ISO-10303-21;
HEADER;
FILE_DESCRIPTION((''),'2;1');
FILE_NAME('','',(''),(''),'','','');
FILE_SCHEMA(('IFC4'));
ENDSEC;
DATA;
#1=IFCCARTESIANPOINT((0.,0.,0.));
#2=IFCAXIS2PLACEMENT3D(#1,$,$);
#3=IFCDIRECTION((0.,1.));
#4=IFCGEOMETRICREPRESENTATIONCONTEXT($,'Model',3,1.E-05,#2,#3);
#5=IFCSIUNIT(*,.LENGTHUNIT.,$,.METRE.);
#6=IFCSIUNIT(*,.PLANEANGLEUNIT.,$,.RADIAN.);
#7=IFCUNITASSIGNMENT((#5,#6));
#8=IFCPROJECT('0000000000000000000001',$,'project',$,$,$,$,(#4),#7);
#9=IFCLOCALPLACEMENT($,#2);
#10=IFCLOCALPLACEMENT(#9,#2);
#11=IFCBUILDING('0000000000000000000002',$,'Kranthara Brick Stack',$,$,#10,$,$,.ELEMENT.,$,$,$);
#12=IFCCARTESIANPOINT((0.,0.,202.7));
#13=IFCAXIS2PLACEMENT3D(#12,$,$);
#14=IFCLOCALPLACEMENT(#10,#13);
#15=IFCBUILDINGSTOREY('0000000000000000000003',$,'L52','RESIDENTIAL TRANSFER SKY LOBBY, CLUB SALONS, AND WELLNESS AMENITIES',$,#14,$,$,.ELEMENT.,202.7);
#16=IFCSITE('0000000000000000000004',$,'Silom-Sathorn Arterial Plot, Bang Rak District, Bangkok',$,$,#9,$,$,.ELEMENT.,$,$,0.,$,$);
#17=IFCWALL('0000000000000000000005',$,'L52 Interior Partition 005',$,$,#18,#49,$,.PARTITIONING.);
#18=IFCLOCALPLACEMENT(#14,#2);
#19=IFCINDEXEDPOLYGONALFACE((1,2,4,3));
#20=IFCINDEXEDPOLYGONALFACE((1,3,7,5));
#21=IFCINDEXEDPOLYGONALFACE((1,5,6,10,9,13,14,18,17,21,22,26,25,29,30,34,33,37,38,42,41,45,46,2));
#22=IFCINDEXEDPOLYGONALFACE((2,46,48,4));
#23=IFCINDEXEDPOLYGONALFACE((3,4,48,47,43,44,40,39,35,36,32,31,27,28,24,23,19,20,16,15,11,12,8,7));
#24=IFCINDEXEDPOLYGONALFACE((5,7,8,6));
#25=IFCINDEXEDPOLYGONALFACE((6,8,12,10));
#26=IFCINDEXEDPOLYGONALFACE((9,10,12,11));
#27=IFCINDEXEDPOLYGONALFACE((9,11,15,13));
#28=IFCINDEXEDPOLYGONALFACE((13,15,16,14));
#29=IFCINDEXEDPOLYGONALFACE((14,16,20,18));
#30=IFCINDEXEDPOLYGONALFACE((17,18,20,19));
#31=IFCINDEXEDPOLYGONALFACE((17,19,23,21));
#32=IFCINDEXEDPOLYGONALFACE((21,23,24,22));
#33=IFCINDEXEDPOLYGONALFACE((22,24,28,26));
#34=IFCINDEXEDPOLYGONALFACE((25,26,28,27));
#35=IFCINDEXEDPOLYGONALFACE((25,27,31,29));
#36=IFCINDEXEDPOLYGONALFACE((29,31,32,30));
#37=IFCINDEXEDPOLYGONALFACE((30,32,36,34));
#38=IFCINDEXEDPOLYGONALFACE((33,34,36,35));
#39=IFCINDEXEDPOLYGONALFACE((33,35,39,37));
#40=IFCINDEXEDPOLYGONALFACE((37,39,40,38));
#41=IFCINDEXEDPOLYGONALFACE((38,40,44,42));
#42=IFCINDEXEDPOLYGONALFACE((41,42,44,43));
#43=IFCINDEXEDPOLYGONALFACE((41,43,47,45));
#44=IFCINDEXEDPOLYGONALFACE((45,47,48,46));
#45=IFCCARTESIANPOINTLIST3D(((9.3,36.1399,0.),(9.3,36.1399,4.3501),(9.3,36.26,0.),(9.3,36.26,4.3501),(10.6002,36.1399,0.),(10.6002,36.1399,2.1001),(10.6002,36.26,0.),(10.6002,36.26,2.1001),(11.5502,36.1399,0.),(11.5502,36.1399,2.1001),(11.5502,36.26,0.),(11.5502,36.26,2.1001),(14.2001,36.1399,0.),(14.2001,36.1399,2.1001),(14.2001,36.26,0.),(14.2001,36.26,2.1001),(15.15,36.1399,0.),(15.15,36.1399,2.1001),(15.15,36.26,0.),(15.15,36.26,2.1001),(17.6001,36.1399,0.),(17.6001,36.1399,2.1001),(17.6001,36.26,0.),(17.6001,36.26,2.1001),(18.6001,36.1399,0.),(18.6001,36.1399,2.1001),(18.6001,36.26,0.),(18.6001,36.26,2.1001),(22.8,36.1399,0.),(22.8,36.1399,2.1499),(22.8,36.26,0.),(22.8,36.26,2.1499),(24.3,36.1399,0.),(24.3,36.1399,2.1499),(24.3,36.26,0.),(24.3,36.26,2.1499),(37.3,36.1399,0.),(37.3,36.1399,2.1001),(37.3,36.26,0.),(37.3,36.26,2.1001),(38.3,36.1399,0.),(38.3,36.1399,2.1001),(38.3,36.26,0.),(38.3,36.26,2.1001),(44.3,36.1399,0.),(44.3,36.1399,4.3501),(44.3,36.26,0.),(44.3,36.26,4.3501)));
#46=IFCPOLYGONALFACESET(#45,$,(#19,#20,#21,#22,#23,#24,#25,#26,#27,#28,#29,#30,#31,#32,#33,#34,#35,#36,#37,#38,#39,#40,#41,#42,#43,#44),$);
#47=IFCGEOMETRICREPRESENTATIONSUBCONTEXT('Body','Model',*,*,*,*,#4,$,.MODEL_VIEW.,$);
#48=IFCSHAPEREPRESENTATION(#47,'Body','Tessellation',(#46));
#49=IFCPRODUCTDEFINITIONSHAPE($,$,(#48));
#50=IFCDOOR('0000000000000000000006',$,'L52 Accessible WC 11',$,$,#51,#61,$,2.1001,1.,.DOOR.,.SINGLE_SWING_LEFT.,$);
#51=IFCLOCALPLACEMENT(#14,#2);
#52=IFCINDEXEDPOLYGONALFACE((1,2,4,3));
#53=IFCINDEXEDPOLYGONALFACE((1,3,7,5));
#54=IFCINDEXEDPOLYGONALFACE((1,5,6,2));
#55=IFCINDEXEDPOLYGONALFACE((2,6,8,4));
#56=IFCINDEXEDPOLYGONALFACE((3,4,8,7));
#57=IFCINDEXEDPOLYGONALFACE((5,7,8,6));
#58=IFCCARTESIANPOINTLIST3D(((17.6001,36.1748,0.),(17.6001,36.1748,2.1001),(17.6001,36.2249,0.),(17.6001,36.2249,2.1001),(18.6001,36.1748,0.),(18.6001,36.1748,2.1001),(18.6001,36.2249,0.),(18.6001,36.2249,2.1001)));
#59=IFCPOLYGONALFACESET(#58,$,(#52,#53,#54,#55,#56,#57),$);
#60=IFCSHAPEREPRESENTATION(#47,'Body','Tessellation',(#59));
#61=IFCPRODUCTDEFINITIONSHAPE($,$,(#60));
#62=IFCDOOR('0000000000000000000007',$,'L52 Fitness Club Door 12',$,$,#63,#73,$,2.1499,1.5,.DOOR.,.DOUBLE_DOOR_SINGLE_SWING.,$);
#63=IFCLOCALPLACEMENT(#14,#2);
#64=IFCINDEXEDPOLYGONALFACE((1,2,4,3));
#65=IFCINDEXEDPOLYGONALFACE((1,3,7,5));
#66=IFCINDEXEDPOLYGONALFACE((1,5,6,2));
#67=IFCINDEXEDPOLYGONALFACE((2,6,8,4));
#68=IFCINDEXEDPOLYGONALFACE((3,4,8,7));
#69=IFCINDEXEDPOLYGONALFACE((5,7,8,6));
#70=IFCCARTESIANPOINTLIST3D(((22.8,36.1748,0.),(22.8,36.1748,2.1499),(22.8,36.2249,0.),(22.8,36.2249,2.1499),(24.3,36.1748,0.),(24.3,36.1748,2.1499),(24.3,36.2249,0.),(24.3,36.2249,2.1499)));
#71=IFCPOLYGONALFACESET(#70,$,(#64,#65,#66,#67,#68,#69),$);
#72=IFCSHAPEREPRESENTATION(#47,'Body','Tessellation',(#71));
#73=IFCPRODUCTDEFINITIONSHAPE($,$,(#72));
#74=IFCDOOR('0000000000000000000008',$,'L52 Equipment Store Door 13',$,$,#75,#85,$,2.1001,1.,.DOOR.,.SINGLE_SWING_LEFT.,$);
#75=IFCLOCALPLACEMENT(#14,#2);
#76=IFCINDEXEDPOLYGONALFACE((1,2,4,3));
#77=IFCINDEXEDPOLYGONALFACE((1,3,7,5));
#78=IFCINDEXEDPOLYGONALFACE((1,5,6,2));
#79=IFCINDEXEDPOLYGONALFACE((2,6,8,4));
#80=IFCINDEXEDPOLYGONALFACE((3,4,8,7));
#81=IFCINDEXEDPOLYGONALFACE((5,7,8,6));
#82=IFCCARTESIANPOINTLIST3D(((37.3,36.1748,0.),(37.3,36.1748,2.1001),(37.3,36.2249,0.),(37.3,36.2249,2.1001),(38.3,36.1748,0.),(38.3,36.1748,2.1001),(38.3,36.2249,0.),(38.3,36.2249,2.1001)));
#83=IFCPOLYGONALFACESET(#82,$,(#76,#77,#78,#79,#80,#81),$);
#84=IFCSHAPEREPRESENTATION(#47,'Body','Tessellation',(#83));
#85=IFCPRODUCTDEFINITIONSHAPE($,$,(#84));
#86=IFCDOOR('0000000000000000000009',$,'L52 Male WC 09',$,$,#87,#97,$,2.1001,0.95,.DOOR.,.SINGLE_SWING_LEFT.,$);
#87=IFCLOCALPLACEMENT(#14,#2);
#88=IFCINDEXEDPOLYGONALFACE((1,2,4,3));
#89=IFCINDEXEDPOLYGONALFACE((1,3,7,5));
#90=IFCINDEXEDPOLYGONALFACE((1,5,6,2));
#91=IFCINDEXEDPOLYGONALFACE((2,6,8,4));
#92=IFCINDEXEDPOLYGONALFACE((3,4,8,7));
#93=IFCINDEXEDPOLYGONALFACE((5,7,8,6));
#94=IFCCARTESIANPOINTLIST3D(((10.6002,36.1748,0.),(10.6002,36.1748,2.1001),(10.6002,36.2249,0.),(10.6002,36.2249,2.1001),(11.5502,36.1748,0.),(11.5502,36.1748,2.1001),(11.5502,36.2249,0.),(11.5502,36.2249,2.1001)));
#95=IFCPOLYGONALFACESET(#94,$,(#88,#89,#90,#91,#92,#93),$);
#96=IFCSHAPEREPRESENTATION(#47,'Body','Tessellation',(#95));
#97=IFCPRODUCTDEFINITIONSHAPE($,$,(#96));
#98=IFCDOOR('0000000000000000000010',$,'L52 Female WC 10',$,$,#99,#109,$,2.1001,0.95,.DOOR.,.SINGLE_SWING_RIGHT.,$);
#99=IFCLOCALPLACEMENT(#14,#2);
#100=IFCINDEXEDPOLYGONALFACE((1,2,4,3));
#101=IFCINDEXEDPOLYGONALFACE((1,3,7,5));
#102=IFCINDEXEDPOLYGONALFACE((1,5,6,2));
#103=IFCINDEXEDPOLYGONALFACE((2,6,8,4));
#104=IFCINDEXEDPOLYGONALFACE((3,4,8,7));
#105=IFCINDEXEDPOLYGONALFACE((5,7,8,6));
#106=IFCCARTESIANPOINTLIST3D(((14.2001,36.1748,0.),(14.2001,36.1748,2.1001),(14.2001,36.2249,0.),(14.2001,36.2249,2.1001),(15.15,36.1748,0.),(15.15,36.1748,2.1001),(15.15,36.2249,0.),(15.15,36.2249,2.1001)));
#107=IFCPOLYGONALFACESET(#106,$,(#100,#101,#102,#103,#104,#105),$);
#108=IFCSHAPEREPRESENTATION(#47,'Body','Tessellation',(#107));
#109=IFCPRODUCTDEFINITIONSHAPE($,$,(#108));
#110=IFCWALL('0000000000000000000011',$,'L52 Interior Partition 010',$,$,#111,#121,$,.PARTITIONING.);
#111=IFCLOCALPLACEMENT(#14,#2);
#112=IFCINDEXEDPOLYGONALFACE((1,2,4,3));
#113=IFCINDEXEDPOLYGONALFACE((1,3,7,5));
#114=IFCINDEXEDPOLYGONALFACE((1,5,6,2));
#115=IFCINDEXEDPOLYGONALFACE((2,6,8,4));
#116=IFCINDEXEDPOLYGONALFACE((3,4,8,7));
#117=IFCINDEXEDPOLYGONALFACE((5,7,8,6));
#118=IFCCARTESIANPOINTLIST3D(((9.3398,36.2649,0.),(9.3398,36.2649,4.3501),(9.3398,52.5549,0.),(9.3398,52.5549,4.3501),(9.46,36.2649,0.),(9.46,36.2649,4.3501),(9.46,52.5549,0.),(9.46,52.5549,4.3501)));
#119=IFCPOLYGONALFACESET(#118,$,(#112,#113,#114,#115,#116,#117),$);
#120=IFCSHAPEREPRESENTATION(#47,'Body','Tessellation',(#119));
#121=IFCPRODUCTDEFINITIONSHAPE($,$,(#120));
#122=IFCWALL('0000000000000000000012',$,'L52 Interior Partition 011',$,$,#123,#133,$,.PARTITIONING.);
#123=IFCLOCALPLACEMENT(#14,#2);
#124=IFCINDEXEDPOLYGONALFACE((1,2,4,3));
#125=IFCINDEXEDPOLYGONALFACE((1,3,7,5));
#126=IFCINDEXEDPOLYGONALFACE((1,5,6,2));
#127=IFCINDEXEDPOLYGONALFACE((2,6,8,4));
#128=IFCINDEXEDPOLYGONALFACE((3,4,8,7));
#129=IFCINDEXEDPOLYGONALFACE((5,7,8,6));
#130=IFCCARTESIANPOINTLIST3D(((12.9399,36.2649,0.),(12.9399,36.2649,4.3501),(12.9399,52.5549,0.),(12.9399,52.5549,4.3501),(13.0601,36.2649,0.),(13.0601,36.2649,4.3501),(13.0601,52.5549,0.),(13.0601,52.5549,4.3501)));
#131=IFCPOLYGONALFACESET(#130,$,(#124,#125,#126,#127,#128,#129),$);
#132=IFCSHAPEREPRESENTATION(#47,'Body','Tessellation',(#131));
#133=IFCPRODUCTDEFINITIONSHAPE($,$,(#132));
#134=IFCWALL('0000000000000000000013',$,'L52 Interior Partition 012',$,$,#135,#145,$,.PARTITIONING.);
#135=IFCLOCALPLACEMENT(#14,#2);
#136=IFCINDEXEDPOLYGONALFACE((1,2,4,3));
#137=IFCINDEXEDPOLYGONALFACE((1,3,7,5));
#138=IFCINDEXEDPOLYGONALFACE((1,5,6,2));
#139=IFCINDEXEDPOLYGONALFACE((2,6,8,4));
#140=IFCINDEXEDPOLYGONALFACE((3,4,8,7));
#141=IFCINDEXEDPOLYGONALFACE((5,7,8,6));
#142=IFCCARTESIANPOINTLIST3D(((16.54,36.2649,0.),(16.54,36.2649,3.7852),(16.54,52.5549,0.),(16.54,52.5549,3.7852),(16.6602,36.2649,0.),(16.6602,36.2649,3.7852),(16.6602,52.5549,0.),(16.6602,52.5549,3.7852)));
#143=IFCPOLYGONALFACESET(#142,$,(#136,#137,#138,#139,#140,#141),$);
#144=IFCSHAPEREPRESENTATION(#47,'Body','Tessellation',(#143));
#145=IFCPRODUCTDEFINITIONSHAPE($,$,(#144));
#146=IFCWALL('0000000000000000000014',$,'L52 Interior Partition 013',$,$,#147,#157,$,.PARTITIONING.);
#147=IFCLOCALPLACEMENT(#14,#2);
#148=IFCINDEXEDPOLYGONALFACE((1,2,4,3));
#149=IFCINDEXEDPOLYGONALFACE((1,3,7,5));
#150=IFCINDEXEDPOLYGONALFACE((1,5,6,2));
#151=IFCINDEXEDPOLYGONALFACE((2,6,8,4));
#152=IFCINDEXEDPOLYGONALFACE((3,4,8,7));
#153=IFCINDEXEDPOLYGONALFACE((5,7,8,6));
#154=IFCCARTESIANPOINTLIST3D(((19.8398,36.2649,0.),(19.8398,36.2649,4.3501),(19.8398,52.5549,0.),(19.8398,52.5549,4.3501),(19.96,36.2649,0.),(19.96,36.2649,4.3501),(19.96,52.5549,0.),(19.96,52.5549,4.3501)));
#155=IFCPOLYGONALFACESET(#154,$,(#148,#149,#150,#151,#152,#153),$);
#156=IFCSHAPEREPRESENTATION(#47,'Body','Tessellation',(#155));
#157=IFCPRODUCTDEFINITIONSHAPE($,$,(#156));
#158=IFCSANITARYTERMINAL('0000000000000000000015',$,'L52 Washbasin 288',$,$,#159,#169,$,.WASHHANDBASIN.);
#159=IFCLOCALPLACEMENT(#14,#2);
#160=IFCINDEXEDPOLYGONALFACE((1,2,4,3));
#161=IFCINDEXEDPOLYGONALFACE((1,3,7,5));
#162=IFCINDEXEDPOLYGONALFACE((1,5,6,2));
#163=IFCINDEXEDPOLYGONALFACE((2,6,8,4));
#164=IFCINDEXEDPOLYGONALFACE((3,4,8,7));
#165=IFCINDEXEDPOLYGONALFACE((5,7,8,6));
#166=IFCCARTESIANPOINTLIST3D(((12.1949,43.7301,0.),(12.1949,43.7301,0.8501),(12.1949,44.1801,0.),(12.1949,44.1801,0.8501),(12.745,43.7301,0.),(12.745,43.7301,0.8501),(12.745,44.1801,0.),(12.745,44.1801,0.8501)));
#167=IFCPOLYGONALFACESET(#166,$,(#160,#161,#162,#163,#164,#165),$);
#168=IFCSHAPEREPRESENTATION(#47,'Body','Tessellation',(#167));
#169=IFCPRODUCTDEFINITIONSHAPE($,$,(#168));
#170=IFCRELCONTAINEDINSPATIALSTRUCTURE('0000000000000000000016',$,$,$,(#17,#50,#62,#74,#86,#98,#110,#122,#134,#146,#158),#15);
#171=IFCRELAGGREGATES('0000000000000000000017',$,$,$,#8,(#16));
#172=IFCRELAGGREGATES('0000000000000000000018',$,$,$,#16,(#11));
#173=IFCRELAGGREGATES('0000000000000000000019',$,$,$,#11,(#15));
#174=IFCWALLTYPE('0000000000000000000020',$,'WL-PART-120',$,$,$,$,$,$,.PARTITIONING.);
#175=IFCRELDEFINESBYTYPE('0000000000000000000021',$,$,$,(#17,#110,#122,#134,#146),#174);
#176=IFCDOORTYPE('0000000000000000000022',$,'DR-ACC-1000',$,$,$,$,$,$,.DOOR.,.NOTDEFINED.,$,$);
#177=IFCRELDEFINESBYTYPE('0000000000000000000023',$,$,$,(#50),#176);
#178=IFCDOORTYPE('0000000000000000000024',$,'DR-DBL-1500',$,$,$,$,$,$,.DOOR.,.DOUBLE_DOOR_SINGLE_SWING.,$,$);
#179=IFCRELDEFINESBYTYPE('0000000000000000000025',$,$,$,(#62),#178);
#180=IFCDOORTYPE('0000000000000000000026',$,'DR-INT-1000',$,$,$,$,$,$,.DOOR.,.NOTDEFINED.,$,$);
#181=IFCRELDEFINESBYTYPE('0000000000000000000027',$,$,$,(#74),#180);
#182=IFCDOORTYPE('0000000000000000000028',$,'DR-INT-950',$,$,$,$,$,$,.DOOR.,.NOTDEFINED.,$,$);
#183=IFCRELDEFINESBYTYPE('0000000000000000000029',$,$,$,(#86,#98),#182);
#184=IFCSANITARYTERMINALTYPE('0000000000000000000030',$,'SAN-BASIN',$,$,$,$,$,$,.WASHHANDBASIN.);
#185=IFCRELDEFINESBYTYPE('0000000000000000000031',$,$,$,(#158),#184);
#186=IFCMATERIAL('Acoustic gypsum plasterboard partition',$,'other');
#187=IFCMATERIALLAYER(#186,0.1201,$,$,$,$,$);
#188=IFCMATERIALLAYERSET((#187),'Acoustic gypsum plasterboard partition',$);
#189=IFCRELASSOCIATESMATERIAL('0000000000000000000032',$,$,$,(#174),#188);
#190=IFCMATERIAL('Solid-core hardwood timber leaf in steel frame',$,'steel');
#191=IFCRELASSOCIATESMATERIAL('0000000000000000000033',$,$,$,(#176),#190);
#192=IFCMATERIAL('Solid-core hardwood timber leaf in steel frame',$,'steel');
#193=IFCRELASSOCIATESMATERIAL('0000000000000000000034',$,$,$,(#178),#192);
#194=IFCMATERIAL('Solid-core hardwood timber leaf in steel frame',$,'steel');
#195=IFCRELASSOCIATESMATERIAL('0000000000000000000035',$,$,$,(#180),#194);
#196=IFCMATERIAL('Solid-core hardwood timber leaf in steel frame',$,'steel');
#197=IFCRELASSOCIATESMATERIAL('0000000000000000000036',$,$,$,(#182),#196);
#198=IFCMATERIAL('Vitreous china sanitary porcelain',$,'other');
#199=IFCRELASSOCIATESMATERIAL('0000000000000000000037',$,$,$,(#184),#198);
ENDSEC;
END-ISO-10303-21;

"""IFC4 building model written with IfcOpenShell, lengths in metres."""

from ifc_helpers import new_model, si_unit, direction, frame, frame_2d, origin, origin_2d, place, context, subcontext, project, spatial, rectangle, extrude, material, layer, layer_set, type_object, element, fill, save


model = new_model("IFC4")

# Units and contexts
model_context = context("Model", 3, precision=1e-05, world=origin(), true_north=direction((0.0, 1.0)))
body_context = subcontext(model_context, "Body", "Model", "MODEL_VIEW")
ifc_project = project(units=[si_unit("LENGTHUNIT", "METRE"), si_unit("PLANEANGLEUNIT", "RADIAN")], contexts=[model_context])

# Site, building, storey
site_placement = place(None, origin())
site = spatial("IfcSite", under=ifc_project, at=site_placement, Name="Silom-Sathorn Arterial Plot, Bang Rak District, Bangkok", CompositionType="ELEMENT", RefElevation=0.0)
building_placement = place(site_placement, origin())
building = spatial("IfcBuilding", under=site, at=building_placement, Name="Kranthara Brick Stack", CompositionType="ELEMENT")
storey_placement = place(building_placement, frame((0.0, 0.0, 202.7)))
storey = spatial("IfcBuildingStorey", under=building, at=storey_placement, Name="L52", Description="RESIDENTIAL TRANSFER SKY LOBBY, CLUB SALONS, AND WELLNESS AMENITIES", CompositionType="ELEMENT", Elevation=202.7)

# Wall, openings, doors
ifc_material_1 = material(Name="Acoustic gypsum plasterboard partition", Category="other")
ifc_layer_1 = layer(ifc_material_1, 0.1201)
ifc_layer_set_1 = layer_set([ifc_layer_1], Name="Acoustic gypsum plasterboard partition")
wall_type_1 = type_object("IfcWallType", Name="WL-PART-120", PredefinedType="PARTITIONING", material=ifc_layer_set_1)
wall_1_placement = place(storey_placement, frame((9.3, 36.2, 0.0), z_axis=(0.0, 0.0, 1.0), x_axis=(1.0, 0.0, 0.0)))
wall_1 = element("IfcWall", 1, at=wall_1_placement, inside=storey, type_object=wall_type_1, Name="L52 Interior Partition 005", PredefinedType="PARTITIONING", context=body_context, shape_type="SweptSolid", body=[
    extrude(rectangle(XDim=35.0, YDim=0.1201, at=frame_2d((17.5, 0.0))), origin(), (0.0, 0.0, 1.0), 4.3501),
])
opening_1_placement = place(wall_1_placement, frame((1.3, 0.0, 0.0)))
opening_1 = element("IfcOpeningElement", 2, at=opening_1_placement, cuts=wall_1, PredefinedType="OPENING", context=body_context, shape_type="SweptSolid", body=[
    extrude(rectangle(XDim=0.95, YDim=2.1001, at=frame_2d((0.4751, 1.05))), frame((0.0, 0.0701, 0.0), z_axis=(0.0, -1.0, 0.0), x_axis=(1.0, 0.0, 0.0)), (0.0, 0.0, 1.0), 0.1401),
])
opening_2_placement = place(wall_1_placement, frame((4.8999, 0.0, 0.0)))
opening_2 = element("IfcOpeningElement", 3, at=opening_2_placement, cuts=wall_1, PredefinedType="OPENING", context=body_context, shape_type="SweptSolid", body=[
    extrude(rectangle(XDim=0.95, YDim=2.1001, at=frame_2d((0.4751, 1.05))), frame((0.0, 0.0701, 0.0), z_axis=(0.0, -1.0, 0.0), x_axis=(1.0, 0.0, 0.0)), (0.0, 0.0, 1.0), 0.1401),
])
opening_3_placement = place(wall_1_placement, frame((8.3, 0.0, 0.0)))
opening_3 = element("IfcOpeningElement", 4, at=opening_3_placement, cuts=wall_1, PredefinedType="OPENING", context=body_context, shape_type="SweptSolid", body=[
    extrude(rectangle(XDim=1.0, YDim=2.1001, at=frame_2d((0.5, 1.05))), frame((0.0, 0.0701, 0.0), z_axis=(0.0, -1.0, 0.0), x_axis=(1.0, 0.0, 0.0)), (0.0, 0.0, 1.0), 0.1401),
])
opening_4_placement = place(wall_1_placement, frame((13.5, 0.0, 0.0)))
opening_4 = element("IfcOpeningElement", 5, at=opening_4_placement, cuts=wall_1, PredefinedType="OPENING", context=body_context, shape_type="SweptSolid", body=[
    extrude(rectangle(XDim=1.5, YDim=2.1499, at=frame_2d((0.75, 1.075))), frame((0.0, 0.0701, 0.0), z_axis=(0.0, -1.0, 0.0), x_axis=(1.0, 0.0, 0.0)), (0.0, 0.0, 1.0), 0.1401),
])
opening_5_placement = place(wall_1_placement, frame((28.0, 0.0, 0.0)))
opening_5 = element("IfcOpeningElement", 6, at=opening_5_placement, cuts=wall_1, PredefinedType="OPENING", context=body_context, shape_type="SweptSolid", body=[
    extrude(rectangle(XDim=1.0, YDim=2.1001, at=frame_2d((0.5, 1.05))), frame((0.0, 0.0701, 0.0), z_axis=(0.0, -1.0, 0.0), x_axis=(1.0, 0.0, 0.0)), (0.0, 0.0, 1.0), 0.1401),
])
ifc_material_2 = material(Name="Solid-core hardwood timber leaf in steel frame", Category="steel")
door_type_1 = type_object("IfcDoorType", Name="DR-ACC-1000", OperationType="NOTDEFINED", PredefinedType="DOOR", material=ifc_material_2)
door_1_placement = place(opening_3_placement, origin())
door_1 = element("IfcDoor", 7, at=door_1_placement, inside=storey, type_object=door_type_1, Name="L52 Accessible WC 11", OperationType="SINGLE_SWING_LEFT", OverallHeight=2.1001, OverallWidth=1.0, PredefinedType="DOOR", context=body_context, shape_type="SweptSolid", body=[
    extrude(rectangle(XDim=1.0, YDim=2.1001, at=frame_2d((0.5, 1.05))), frame((0.0, 0.0249, 0.0), z_axis=(0.0, -1.0, 0.0), x_axis=(1.0, 0.0, 0.0)), (0.0, 0.0, 1.0), 0.05),
])
fill(opening_3, door_1)
ifc_material_3 = material(Name="Solid-core hardwood timber leaf in steel frame", Category="steel")
door_type_2 = type_object("IfcDoorType", Name="DR-DBL-1500", OperationType="DOUBLE_DOOR_SINGLE_SWING", PredefinedType="DOOR", material=ifc_material_3)
door_2_placement = place(opening_4_placement, origin())
door_2 = element("IfcDoor", 8, at=door_2_placement, inside=storey, type_object=door_type_2, Name="L52 Fitness Club Door 12", OperationType="DOUBLE_DOOR_SINGLE_SWING", OverallHeight=2.1499, OverallWidth=1.5, PredefinedType="DOOR", context=body_context, shape_type="SweptSolid", body=[
    extrude(rectangle(XDim=1.5, YDim=2.1499, at=frame_2d((0.75, 1.075))), frame((0.0, 0.0249, 0.0), z_axis=(0.0, -1.0, 0.0), x_axis=(1.0, 0.0, 0.0)), (0.0, 0.0, 1.0), 0.05),
])
fill(opening_4, door_2)
ifc_material_4 = material(Name="Solid-core hardwood timber leaf in steel frame", Category="steel")
door_type_3 = type_object("IfcDoorType", Name="DR-INT-1000", OperationType="NOTDEFINED", PredefinedType="DOOR", material=ifc_material_4)
door_3_placement = place(opening_5_placement, origin())
door_3 = element("IfcDoor", 9, at=door_3_placement, inside=storey, type_object=door_type_3, Name="L52 Equipment Store Door 13", OperationType="SINGLE_SWING_LEFT", OverallHeight=2.1001, OverallWidth=1.0, PredefinedType="DOOR", context=body_context, shape_type="SweptSolid", body=[
    extrude(rectangle(XDim=1.0, YDim=2.1001, at=frame_2d((0.5, 1.05))), frame((0.0, 0.0249, 0.0), z_axis=(0.0, -1.0, 0.0), x_axis=(1.0, 0.0, 0.0)), (0.0, 0.0, 1.0), 0.05),
])
fill(opening_5, door_3)
ifc_material_5 = material(Name="Solid-core hardwood timber leaf in steel frame", Category="steel")
door_type_4 = type_object("IfcDoorType", Name="DR-INT-950", OperationType="NOTDEFINED", PredefinedType="DOOR", material=ifc_material_5)
door_4_placement = place(opening_1_placement, origin())
door_4 = element("IfcDoor", 10, at=door_4_placement, inside=storey, type_object=door_type_4, Name="L52 Male WC 09", OperationType="SINGLE_SWING_LEFT", OverallHeight=2.1001, OverallWidth=0.95, PredefinedType="DOOR", context=body_context, shape_type="SweptSolid", body=[
    extrude(rectangle(XDim=0.95, YDim=2.1001, at=frame_2d((0.4751, 1.05))), frame((0.0, 0.0249, 0.0), z_axis=(0.0, -1.0, 0.0), x_axis=(1.0, 0.0, 0.0)), (0.0, 0.0, 1.0), 0.05),
])
fill(opening_1, door_4)
door_5_placement = place(opening_2_placement, origin())
door_5 = element("IfcDoor", 11, at=door_5_placement, inside=storey, type_object=door_type_4, Name="L52 Female WC 10", OperationType="SINGLE_SWING_RIGHT", OverallHeight=2.1001, OverallWidth=0.95, PredefinedType="DOOR", context=body_context, shape_type="SweptSolid", body=[
    extrude(rectangle(XDim=0.95, YDim=2.1001, at=frame_2d((0.4751, 1.05))), frame((0.0, 0.0249, 0.0), z_axis=(0.0, -1.0, 0.0), x_axis=(1.0, 0.0, 0.0)), (0.0, 0.0, 1.0), 0.05),
])
fill(opening_2, door_5)

# Walls
for number, where, z_axis, x_axis, name in (
    (12, (9.3999, 36.2649, 0.0), (0.0, 0.0, 1.0), (0.0, 1.0, 0.0), "L52 Interior Partition 010"),
    (13, (13.0, 36.2649, 0.0), (0.0, 0.0, 1.0), (0.0, 1.0, 0.0), "L52 Interior Partition 011"),
):
    element("IfcWall", number, at=place(storey_placement, frame(where, z_axis=z_axis, x_axis=x_axis)), inside=storey, type_object=wall_type_1, Name=name, PredefinedType="PARTITIONING", context=body_context, shape_type="SweptSolid", body=[
        extrude(rectangle(XDim=16.29, YDim=0.1201, at=frame_2d((8.145, 0.0))), origin(), (0.0, 0.0, 1.0), 4.3501),
    ])
wall_2_placement = place(storey_placement, frame((16.6001, 36.2649, 0.0), z_axis=(0.0, 0.0, 1.0), x_axis=(0.0, 1.0, 0.0)))
element("IfcWall", 14, at=wall_2_placement, inside=storey, type_object=wall_type_1, Name="L52 Interior Partition 012", PredefinedType="PARTITIONING", context=body_context, shape_type="SweptSolid", body=[
    extrude(rectangle(XDim=16.29, YDim=0.1201, at=frame_2d((8.145, 0.0))), origin(), (0.0, 0.0, 1.0), 3.7852),
])
wall_3_placement = place(storey_placement, frame((19.8999, 36.2649, 0.0), z_axis=(0.0, 0.0, 1.0), x_axis=(0.0, 1.0, 0.0)))
element("IfcWall", 15, at=wall_3_placement, inside=storey, type_object=wall_type_1, Name="L52 Interior Partition 013", PredefinedType="PARTITIONING", context=body_context, shape_type="SweptSolid", body=[
    extrude(rectangle(XDim=16.29, YDim=0.1201, at=frame_2d((8.145, 0.0))), origin(), (0.0, 0.0, 1.0), 4.3501),
])

# Sanitary terminal
ifc_material_6 = material(Name="Vitreous china sanitary porcelain", Category="other")
sanitary_terminal_type_1 = type_object("IfcSanitaryTerminalType", Name="SAN-BASIN", PredefinedType="WASHHANDBASIN", material=ifc_material_6)
for number, where, z_axis, x_axis, name in (
    (16, (12.47, 43.9551, 0.0), (0.0, 0.0, 1.0), (1.0, 0.0, 0.0), "L52 Washbasin 288"),
):
    element("IfcSanitaryTerminal", number, at=place(storey_placement, frame(where, z_axis=z_axis, x_axis=x_axis)), inside=storey, type_object=sanitary_terminal_type_1, Name=name, PredefinedType="WASHHANDBASIN", context=body_context, shape_type="SweptSolid", body=[
        extrude(rectangle(XDim=0.55, YDim=0.45, at=origin_2d()), origin(), (0.0, 0.0, 1.0), 0.8501),
    ])

save(model, "model.ifc")
